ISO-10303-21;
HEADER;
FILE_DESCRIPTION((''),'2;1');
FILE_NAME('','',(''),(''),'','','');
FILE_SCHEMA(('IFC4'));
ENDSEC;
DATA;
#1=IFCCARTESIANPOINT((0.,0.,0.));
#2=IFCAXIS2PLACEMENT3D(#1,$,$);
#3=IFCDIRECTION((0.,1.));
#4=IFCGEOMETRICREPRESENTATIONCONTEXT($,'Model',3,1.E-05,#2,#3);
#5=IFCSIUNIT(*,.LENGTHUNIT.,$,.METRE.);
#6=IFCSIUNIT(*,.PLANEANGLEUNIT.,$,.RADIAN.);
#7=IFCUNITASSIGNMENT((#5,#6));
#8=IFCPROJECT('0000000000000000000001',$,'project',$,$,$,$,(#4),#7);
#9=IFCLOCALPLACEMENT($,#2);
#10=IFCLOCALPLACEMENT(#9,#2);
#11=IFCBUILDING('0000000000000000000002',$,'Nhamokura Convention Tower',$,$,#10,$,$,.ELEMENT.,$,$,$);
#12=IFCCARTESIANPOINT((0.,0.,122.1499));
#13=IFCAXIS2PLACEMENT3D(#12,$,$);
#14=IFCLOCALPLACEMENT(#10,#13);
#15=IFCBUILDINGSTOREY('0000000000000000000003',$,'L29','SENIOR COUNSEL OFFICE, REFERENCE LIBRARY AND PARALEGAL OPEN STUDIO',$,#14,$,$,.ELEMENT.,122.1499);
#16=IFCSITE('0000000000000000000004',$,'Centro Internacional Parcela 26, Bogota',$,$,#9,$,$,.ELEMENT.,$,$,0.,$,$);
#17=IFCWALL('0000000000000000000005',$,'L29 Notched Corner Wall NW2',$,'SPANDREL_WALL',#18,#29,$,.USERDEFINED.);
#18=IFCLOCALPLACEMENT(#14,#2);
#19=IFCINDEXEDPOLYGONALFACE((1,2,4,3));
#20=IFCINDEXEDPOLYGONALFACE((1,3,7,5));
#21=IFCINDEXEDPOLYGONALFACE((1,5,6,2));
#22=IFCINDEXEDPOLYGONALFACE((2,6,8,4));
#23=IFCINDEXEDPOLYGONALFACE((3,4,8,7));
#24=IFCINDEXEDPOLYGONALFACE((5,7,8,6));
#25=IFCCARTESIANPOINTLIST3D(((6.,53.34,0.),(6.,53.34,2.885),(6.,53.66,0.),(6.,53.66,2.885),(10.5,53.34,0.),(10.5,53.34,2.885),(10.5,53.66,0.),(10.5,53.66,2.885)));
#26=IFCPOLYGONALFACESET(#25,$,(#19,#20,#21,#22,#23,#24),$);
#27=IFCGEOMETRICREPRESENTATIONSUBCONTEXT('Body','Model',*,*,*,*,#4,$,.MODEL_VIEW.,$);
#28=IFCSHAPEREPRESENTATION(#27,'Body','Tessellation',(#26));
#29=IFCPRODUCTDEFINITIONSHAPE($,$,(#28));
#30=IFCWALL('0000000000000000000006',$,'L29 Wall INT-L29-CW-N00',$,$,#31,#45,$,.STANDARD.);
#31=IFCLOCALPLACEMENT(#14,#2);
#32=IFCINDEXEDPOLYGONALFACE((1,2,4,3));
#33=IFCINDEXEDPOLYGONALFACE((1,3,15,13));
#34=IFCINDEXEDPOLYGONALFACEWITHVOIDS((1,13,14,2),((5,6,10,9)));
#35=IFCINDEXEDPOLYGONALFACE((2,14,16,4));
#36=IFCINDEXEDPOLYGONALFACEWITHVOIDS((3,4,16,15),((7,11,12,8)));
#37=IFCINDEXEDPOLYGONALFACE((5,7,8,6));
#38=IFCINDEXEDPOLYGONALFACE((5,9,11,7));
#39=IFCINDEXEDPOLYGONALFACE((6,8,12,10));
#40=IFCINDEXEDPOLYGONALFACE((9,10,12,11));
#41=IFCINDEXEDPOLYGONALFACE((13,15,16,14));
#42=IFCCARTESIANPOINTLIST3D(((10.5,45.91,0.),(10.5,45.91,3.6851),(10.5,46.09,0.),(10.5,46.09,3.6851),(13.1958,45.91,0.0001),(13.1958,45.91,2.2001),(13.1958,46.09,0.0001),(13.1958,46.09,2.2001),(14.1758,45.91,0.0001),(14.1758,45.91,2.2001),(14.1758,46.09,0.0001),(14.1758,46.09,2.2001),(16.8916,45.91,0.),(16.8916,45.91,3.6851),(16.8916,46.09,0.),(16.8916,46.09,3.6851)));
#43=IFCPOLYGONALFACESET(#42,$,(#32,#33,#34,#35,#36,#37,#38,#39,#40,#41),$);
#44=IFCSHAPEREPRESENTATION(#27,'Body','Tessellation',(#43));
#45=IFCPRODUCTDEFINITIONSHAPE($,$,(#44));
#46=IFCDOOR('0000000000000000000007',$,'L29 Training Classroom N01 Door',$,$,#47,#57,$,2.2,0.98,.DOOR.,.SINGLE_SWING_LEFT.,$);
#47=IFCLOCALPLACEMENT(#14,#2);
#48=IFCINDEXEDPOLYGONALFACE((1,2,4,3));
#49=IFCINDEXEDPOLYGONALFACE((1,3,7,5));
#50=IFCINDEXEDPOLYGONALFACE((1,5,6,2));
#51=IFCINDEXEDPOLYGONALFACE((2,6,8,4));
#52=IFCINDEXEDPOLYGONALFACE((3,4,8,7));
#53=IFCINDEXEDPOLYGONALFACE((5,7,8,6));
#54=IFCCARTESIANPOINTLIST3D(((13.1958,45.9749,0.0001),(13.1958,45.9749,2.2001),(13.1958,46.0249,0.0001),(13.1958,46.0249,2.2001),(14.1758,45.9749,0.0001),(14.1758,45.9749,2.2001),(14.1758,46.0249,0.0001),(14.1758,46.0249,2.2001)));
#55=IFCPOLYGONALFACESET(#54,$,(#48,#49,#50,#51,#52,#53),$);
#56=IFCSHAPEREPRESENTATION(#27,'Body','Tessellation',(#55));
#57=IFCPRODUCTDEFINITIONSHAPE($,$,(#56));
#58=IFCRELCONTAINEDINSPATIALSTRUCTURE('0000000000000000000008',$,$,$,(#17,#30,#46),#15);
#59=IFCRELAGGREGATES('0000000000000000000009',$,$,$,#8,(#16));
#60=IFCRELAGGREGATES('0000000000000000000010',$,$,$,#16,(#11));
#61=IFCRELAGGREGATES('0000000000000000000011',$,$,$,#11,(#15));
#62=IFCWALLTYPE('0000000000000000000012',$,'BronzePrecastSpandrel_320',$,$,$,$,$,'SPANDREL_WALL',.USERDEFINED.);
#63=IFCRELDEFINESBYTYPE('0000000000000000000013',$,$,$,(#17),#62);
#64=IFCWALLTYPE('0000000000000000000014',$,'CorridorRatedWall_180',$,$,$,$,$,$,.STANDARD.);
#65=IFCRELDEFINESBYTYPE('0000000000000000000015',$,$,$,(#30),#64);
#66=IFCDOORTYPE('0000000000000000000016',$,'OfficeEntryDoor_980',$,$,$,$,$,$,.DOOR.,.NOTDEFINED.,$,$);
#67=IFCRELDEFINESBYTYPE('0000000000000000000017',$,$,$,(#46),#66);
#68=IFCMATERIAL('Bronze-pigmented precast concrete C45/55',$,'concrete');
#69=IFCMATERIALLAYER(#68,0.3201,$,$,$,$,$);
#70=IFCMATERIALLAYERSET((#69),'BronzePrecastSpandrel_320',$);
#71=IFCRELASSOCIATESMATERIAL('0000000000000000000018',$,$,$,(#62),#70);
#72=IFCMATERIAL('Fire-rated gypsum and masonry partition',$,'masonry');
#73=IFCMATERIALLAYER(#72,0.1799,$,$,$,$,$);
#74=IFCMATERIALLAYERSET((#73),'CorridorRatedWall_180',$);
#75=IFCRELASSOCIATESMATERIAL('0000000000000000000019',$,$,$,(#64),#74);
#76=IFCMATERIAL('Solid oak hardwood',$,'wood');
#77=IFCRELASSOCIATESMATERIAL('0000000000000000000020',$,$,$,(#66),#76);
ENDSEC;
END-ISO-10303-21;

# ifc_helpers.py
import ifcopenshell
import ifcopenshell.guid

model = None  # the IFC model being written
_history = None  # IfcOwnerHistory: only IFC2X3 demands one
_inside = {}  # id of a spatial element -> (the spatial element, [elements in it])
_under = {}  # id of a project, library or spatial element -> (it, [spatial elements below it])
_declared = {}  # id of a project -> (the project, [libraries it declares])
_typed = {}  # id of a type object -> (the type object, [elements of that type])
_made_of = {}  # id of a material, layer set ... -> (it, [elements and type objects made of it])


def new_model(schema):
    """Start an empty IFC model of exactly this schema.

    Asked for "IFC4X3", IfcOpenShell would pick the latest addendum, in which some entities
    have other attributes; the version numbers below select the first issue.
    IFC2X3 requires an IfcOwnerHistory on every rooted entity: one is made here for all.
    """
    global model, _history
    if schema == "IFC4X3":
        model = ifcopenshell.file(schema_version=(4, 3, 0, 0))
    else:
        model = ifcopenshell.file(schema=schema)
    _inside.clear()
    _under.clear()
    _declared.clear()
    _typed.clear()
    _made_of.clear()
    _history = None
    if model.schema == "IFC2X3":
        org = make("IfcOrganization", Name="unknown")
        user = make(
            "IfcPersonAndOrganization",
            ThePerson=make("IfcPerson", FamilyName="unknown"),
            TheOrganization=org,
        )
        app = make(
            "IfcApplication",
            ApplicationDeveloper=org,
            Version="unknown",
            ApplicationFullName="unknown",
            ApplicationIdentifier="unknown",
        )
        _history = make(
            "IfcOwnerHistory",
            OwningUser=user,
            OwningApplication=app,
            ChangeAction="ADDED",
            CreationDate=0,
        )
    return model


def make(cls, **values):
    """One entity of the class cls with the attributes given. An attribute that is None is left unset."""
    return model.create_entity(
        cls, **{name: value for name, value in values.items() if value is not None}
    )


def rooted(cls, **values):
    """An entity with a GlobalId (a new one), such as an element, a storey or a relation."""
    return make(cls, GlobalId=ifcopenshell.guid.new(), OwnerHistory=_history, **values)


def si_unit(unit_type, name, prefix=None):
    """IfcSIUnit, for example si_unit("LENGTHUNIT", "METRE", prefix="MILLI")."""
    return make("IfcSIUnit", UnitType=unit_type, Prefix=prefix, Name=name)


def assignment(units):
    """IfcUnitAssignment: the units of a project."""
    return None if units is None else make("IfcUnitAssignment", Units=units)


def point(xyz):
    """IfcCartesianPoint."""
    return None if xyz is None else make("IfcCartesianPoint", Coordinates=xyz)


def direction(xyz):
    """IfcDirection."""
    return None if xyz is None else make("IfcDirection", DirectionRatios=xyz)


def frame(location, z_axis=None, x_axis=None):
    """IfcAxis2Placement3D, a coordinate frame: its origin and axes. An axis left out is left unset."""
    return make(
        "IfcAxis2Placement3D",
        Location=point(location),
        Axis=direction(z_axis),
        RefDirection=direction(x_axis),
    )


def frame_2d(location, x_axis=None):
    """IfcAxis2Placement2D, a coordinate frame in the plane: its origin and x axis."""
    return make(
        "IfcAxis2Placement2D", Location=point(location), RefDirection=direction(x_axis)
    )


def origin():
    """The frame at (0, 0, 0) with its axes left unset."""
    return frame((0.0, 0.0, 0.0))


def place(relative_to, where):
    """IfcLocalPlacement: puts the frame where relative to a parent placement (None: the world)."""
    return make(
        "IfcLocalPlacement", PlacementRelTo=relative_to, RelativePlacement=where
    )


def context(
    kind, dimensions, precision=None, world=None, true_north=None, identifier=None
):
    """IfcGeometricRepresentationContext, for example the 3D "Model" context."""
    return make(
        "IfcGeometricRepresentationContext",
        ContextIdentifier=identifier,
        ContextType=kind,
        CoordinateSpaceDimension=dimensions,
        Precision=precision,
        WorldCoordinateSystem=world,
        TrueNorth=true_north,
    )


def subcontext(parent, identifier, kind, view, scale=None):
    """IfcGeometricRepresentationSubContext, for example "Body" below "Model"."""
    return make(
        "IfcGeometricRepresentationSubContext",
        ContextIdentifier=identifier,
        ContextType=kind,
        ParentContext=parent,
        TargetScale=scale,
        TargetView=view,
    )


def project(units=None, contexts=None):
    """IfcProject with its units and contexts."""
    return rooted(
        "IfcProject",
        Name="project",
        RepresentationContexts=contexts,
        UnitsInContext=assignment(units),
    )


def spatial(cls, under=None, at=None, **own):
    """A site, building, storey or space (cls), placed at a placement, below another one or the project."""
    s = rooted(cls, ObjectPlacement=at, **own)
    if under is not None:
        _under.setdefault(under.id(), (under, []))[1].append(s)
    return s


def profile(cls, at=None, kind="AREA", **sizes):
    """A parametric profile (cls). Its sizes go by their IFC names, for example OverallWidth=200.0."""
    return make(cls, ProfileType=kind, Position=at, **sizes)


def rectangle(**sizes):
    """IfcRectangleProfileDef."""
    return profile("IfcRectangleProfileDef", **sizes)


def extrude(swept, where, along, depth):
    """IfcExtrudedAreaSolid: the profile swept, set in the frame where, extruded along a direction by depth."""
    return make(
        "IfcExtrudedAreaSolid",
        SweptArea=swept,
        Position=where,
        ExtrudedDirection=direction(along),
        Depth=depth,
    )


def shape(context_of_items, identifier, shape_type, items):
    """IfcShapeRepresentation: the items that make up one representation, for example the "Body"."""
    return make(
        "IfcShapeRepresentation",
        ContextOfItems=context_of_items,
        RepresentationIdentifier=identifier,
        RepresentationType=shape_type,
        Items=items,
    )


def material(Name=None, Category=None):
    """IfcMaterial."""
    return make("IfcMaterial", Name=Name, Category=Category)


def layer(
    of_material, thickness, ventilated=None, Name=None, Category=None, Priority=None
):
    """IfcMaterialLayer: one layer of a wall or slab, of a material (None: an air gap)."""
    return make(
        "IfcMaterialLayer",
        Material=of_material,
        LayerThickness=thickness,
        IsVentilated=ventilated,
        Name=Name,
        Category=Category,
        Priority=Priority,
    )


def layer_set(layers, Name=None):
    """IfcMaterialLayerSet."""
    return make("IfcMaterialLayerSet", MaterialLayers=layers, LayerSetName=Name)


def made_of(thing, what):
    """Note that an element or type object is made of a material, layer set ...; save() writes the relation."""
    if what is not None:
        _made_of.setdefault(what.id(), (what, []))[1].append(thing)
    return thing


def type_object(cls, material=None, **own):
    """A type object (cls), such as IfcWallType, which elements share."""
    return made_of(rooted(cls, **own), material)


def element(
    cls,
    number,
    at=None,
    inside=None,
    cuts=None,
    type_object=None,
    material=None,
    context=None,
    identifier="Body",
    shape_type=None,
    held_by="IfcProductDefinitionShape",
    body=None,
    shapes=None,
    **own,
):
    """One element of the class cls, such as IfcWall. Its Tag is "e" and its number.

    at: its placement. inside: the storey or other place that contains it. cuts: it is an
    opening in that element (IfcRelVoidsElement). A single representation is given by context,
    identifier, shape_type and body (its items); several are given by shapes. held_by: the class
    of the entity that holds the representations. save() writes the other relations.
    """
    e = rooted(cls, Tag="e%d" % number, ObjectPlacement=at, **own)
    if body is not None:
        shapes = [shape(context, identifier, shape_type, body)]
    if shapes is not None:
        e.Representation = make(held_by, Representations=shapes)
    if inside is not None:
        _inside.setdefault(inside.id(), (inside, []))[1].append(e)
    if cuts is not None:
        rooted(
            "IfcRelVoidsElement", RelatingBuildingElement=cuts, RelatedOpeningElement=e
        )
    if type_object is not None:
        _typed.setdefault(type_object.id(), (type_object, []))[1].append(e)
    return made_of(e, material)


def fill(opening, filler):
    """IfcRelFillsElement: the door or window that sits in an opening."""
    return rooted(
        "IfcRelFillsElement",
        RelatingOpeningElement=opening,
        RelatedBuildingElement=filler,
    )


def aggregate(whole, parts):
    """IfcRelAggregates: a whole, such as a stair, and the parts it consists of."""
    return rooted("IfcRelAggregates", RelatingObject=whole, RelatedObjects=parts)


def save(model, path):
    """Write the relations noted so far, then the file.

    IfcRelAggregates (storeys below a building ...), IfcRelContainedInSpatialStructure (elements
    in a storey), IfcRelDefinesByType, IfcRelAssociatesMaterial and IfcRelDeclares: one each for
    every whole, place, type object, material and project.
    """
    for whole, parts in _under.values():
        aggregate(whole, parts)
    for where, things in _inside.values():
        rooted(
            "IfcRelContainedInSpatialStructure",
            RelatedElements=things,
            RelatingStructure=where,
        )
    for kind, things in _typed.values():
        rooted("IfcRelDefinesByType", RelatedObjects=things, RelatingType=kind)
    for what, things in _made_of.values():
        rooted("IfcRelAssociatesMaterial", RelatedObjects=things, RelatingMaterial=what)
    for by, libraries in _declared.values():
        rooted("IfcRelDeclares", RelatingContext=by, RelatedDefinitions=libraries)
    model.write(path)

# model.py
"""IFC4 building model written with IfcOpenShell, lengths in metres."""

from ifc_helpers import new_model, si_unit, direction, frame, frame_2d, origin, place, context, subcontext, project, spatial, rectangle, extrude, material, layer, layer_set, type_object, element, fill, save


model = new_model("IFC4")

# Units and contexts
model_context = context("Model", 3, precision=1e-05, world=origin(), true_north=direction((0.0, 1.0)))
body_context = subcontext(model_context, "Body", "Model", "MODEL_VIEW")
ifc_project = project(units=[si_unit("LENGTHUNIT", "METRE"), si_unit("PLANEANGLEUNIT", "RADIAN")], contexts=[model_context])

# Site, building, storey
site_placement = place(None, origin())
site = spatial("IfcSite", under=ifc_project, at=site_placement, Name="Centro Internacional Parcela 26, Bogota", CompositionType="ELEMENT", RefElevation=0.0)
building_placement = place(site_placement, origin())
building = spatial("IfcBuilding", under=site, at=building_placement, Name="Nhamokura Convention Tower", CompositionType="ELEMENT")
storey_placement = place(building_placement, frame((0.0, 0.0, 122.1499)))
storey = spatial("IfcBuildingStorey", under=building, at=storey_placement, Name="L29", Description="SENIOR COUNSEL OFFICE, REFERENCE LIBRARY AND PARALEGAL OPEN STUDIO", CompositionType="ELEMENT", Elevation=122.1499)

# Wall
ifc_material_1 = material(Name="Bronze-pigmented precast concrete C45/55", Category="concrete")
ifc_layer_1 = layer(ifc_material_1, 0.3201)
ifc_layer_set_1 = layer_set([ifc_layer_1], Name="BronzePrecastSpandrel_320")
wall_type_1 = type_object("IfcWallType", Name="BronzePrecastSpandrel_320", ElementType="SPANDREL_WALL", PredefinedType="USERDEFINED", material=ifc_layer_set_1)
for number, where, z_axis, x_axis, name in (
    (1, (6.0, 53.5, 0.0), (0.0, 0.0, 1.0), (1.0, 0.0, 0.0), "L29 Notched Corner Wall NW2"),
):
    element("IfcWall", number, at=place(storey_placement, frame(where, z_axis=z_axis, x_axis=x_axis)), inside=storey, type_object=wall_type_1, Name=name, ObjectType="SPANDREL_WALL", PredefinedType="USERDEFINED", context=body_context, shape_type="SweptSolid", body=[
        extrude(rectangle(XDim=4.5, YDim=0.3201, at=frame_2d((2.25, 0.0))), origin(), (0.0, 0.0, 1.0), 2.885),
    ])

# Wall, opening, door
ifc_material_2 = material(Name="Fire-rated gypsum and masonry partition", Category="masonry")
ifc_layer_2 = layer(ifc_material_2, 0.1799)
ifc_layer_set_2 = layer_set([ifc_layer_2], Name="CorridorRatedWall_180")
wall_type_2 = type_object("IfcWallType", Name="CorridorRatedWall_180", PredefinedType="STANDARD", material=ifc_layer_set_2)
wall_placement = place(storey_placement, frame((10.5, 46.0, 0.0), z_axis=(0.0, 0.0, 1.0), x_axis=(1.0, 0.0, 0.0)))
wall = element("IfcWall", 2, at=wall_placement, inside=storey, type_object=wall_type_2, Name="L29 Wall INT-L29-CW-N00", PredefinedType="STANDARD", context=body_context, shape_type="SweptSolid", body=[
    extrude(rectangle(XDim=6.3916, YDim=0.1799, at=frame_2d((3.1958, 0.0))), origin(), (0.0, 0.0, 1.0), 3.6851),
])
opening_placement = place(wall_placement, frame((2.6958, 0.0, 0.0)))
opening = element("IfcOpeningElement", 3, at=opening_placement, cuts=wall, PredefinedType="OPENING", context=body_context, shape_type="SweptSolid", body=[
    extrude(rectangle(XDim=0.98, YDim=2.2, at=frame_2d((0.49, 1.1001))), frame((0.0, 0.0999, 0.0), z_axis=(0.0, -1.0, 0.0), x_axis=(1.0, 0.0, 0.0)), (0.0, 0.0, 1.0), 0.2),
])
ifc_material_3 = material(Name="Solid oak hardwood", Category="wood")
door_type = type_object("IfcDoorType", Name="OfficeEntryDoor_980", OperationType="NOTDEFINED", PredefinedType="DOOR", material=ifc_material_3)
door_placement = place(opening_placement, origin())
door = element("IfcDoor", 4, at=door_placement, inside=storey, type_object=door_type, Name="L29 Training Classroom N01 Door", OperationType="SINGLE_SWING_LEFT", OverallHeight=2.2, OverallWidth=0.98, PredefinedType="DOOR", context=body_context, shape_type="SweptSolid", body=[
    extrude(rectangle(XDim=0.98, YDim=2.2, at=frame_2d((0.49, 1.1001))), frame((0.0, 0.0249, 0.0), z_axis=(0.0, -1.0, 0.0), x_axis=(1.0, 0.0, 0.0)), (0.0, 0.0, 1.0), 0.05),
])
fill(opening, door)

save(model, "model.ifc")
